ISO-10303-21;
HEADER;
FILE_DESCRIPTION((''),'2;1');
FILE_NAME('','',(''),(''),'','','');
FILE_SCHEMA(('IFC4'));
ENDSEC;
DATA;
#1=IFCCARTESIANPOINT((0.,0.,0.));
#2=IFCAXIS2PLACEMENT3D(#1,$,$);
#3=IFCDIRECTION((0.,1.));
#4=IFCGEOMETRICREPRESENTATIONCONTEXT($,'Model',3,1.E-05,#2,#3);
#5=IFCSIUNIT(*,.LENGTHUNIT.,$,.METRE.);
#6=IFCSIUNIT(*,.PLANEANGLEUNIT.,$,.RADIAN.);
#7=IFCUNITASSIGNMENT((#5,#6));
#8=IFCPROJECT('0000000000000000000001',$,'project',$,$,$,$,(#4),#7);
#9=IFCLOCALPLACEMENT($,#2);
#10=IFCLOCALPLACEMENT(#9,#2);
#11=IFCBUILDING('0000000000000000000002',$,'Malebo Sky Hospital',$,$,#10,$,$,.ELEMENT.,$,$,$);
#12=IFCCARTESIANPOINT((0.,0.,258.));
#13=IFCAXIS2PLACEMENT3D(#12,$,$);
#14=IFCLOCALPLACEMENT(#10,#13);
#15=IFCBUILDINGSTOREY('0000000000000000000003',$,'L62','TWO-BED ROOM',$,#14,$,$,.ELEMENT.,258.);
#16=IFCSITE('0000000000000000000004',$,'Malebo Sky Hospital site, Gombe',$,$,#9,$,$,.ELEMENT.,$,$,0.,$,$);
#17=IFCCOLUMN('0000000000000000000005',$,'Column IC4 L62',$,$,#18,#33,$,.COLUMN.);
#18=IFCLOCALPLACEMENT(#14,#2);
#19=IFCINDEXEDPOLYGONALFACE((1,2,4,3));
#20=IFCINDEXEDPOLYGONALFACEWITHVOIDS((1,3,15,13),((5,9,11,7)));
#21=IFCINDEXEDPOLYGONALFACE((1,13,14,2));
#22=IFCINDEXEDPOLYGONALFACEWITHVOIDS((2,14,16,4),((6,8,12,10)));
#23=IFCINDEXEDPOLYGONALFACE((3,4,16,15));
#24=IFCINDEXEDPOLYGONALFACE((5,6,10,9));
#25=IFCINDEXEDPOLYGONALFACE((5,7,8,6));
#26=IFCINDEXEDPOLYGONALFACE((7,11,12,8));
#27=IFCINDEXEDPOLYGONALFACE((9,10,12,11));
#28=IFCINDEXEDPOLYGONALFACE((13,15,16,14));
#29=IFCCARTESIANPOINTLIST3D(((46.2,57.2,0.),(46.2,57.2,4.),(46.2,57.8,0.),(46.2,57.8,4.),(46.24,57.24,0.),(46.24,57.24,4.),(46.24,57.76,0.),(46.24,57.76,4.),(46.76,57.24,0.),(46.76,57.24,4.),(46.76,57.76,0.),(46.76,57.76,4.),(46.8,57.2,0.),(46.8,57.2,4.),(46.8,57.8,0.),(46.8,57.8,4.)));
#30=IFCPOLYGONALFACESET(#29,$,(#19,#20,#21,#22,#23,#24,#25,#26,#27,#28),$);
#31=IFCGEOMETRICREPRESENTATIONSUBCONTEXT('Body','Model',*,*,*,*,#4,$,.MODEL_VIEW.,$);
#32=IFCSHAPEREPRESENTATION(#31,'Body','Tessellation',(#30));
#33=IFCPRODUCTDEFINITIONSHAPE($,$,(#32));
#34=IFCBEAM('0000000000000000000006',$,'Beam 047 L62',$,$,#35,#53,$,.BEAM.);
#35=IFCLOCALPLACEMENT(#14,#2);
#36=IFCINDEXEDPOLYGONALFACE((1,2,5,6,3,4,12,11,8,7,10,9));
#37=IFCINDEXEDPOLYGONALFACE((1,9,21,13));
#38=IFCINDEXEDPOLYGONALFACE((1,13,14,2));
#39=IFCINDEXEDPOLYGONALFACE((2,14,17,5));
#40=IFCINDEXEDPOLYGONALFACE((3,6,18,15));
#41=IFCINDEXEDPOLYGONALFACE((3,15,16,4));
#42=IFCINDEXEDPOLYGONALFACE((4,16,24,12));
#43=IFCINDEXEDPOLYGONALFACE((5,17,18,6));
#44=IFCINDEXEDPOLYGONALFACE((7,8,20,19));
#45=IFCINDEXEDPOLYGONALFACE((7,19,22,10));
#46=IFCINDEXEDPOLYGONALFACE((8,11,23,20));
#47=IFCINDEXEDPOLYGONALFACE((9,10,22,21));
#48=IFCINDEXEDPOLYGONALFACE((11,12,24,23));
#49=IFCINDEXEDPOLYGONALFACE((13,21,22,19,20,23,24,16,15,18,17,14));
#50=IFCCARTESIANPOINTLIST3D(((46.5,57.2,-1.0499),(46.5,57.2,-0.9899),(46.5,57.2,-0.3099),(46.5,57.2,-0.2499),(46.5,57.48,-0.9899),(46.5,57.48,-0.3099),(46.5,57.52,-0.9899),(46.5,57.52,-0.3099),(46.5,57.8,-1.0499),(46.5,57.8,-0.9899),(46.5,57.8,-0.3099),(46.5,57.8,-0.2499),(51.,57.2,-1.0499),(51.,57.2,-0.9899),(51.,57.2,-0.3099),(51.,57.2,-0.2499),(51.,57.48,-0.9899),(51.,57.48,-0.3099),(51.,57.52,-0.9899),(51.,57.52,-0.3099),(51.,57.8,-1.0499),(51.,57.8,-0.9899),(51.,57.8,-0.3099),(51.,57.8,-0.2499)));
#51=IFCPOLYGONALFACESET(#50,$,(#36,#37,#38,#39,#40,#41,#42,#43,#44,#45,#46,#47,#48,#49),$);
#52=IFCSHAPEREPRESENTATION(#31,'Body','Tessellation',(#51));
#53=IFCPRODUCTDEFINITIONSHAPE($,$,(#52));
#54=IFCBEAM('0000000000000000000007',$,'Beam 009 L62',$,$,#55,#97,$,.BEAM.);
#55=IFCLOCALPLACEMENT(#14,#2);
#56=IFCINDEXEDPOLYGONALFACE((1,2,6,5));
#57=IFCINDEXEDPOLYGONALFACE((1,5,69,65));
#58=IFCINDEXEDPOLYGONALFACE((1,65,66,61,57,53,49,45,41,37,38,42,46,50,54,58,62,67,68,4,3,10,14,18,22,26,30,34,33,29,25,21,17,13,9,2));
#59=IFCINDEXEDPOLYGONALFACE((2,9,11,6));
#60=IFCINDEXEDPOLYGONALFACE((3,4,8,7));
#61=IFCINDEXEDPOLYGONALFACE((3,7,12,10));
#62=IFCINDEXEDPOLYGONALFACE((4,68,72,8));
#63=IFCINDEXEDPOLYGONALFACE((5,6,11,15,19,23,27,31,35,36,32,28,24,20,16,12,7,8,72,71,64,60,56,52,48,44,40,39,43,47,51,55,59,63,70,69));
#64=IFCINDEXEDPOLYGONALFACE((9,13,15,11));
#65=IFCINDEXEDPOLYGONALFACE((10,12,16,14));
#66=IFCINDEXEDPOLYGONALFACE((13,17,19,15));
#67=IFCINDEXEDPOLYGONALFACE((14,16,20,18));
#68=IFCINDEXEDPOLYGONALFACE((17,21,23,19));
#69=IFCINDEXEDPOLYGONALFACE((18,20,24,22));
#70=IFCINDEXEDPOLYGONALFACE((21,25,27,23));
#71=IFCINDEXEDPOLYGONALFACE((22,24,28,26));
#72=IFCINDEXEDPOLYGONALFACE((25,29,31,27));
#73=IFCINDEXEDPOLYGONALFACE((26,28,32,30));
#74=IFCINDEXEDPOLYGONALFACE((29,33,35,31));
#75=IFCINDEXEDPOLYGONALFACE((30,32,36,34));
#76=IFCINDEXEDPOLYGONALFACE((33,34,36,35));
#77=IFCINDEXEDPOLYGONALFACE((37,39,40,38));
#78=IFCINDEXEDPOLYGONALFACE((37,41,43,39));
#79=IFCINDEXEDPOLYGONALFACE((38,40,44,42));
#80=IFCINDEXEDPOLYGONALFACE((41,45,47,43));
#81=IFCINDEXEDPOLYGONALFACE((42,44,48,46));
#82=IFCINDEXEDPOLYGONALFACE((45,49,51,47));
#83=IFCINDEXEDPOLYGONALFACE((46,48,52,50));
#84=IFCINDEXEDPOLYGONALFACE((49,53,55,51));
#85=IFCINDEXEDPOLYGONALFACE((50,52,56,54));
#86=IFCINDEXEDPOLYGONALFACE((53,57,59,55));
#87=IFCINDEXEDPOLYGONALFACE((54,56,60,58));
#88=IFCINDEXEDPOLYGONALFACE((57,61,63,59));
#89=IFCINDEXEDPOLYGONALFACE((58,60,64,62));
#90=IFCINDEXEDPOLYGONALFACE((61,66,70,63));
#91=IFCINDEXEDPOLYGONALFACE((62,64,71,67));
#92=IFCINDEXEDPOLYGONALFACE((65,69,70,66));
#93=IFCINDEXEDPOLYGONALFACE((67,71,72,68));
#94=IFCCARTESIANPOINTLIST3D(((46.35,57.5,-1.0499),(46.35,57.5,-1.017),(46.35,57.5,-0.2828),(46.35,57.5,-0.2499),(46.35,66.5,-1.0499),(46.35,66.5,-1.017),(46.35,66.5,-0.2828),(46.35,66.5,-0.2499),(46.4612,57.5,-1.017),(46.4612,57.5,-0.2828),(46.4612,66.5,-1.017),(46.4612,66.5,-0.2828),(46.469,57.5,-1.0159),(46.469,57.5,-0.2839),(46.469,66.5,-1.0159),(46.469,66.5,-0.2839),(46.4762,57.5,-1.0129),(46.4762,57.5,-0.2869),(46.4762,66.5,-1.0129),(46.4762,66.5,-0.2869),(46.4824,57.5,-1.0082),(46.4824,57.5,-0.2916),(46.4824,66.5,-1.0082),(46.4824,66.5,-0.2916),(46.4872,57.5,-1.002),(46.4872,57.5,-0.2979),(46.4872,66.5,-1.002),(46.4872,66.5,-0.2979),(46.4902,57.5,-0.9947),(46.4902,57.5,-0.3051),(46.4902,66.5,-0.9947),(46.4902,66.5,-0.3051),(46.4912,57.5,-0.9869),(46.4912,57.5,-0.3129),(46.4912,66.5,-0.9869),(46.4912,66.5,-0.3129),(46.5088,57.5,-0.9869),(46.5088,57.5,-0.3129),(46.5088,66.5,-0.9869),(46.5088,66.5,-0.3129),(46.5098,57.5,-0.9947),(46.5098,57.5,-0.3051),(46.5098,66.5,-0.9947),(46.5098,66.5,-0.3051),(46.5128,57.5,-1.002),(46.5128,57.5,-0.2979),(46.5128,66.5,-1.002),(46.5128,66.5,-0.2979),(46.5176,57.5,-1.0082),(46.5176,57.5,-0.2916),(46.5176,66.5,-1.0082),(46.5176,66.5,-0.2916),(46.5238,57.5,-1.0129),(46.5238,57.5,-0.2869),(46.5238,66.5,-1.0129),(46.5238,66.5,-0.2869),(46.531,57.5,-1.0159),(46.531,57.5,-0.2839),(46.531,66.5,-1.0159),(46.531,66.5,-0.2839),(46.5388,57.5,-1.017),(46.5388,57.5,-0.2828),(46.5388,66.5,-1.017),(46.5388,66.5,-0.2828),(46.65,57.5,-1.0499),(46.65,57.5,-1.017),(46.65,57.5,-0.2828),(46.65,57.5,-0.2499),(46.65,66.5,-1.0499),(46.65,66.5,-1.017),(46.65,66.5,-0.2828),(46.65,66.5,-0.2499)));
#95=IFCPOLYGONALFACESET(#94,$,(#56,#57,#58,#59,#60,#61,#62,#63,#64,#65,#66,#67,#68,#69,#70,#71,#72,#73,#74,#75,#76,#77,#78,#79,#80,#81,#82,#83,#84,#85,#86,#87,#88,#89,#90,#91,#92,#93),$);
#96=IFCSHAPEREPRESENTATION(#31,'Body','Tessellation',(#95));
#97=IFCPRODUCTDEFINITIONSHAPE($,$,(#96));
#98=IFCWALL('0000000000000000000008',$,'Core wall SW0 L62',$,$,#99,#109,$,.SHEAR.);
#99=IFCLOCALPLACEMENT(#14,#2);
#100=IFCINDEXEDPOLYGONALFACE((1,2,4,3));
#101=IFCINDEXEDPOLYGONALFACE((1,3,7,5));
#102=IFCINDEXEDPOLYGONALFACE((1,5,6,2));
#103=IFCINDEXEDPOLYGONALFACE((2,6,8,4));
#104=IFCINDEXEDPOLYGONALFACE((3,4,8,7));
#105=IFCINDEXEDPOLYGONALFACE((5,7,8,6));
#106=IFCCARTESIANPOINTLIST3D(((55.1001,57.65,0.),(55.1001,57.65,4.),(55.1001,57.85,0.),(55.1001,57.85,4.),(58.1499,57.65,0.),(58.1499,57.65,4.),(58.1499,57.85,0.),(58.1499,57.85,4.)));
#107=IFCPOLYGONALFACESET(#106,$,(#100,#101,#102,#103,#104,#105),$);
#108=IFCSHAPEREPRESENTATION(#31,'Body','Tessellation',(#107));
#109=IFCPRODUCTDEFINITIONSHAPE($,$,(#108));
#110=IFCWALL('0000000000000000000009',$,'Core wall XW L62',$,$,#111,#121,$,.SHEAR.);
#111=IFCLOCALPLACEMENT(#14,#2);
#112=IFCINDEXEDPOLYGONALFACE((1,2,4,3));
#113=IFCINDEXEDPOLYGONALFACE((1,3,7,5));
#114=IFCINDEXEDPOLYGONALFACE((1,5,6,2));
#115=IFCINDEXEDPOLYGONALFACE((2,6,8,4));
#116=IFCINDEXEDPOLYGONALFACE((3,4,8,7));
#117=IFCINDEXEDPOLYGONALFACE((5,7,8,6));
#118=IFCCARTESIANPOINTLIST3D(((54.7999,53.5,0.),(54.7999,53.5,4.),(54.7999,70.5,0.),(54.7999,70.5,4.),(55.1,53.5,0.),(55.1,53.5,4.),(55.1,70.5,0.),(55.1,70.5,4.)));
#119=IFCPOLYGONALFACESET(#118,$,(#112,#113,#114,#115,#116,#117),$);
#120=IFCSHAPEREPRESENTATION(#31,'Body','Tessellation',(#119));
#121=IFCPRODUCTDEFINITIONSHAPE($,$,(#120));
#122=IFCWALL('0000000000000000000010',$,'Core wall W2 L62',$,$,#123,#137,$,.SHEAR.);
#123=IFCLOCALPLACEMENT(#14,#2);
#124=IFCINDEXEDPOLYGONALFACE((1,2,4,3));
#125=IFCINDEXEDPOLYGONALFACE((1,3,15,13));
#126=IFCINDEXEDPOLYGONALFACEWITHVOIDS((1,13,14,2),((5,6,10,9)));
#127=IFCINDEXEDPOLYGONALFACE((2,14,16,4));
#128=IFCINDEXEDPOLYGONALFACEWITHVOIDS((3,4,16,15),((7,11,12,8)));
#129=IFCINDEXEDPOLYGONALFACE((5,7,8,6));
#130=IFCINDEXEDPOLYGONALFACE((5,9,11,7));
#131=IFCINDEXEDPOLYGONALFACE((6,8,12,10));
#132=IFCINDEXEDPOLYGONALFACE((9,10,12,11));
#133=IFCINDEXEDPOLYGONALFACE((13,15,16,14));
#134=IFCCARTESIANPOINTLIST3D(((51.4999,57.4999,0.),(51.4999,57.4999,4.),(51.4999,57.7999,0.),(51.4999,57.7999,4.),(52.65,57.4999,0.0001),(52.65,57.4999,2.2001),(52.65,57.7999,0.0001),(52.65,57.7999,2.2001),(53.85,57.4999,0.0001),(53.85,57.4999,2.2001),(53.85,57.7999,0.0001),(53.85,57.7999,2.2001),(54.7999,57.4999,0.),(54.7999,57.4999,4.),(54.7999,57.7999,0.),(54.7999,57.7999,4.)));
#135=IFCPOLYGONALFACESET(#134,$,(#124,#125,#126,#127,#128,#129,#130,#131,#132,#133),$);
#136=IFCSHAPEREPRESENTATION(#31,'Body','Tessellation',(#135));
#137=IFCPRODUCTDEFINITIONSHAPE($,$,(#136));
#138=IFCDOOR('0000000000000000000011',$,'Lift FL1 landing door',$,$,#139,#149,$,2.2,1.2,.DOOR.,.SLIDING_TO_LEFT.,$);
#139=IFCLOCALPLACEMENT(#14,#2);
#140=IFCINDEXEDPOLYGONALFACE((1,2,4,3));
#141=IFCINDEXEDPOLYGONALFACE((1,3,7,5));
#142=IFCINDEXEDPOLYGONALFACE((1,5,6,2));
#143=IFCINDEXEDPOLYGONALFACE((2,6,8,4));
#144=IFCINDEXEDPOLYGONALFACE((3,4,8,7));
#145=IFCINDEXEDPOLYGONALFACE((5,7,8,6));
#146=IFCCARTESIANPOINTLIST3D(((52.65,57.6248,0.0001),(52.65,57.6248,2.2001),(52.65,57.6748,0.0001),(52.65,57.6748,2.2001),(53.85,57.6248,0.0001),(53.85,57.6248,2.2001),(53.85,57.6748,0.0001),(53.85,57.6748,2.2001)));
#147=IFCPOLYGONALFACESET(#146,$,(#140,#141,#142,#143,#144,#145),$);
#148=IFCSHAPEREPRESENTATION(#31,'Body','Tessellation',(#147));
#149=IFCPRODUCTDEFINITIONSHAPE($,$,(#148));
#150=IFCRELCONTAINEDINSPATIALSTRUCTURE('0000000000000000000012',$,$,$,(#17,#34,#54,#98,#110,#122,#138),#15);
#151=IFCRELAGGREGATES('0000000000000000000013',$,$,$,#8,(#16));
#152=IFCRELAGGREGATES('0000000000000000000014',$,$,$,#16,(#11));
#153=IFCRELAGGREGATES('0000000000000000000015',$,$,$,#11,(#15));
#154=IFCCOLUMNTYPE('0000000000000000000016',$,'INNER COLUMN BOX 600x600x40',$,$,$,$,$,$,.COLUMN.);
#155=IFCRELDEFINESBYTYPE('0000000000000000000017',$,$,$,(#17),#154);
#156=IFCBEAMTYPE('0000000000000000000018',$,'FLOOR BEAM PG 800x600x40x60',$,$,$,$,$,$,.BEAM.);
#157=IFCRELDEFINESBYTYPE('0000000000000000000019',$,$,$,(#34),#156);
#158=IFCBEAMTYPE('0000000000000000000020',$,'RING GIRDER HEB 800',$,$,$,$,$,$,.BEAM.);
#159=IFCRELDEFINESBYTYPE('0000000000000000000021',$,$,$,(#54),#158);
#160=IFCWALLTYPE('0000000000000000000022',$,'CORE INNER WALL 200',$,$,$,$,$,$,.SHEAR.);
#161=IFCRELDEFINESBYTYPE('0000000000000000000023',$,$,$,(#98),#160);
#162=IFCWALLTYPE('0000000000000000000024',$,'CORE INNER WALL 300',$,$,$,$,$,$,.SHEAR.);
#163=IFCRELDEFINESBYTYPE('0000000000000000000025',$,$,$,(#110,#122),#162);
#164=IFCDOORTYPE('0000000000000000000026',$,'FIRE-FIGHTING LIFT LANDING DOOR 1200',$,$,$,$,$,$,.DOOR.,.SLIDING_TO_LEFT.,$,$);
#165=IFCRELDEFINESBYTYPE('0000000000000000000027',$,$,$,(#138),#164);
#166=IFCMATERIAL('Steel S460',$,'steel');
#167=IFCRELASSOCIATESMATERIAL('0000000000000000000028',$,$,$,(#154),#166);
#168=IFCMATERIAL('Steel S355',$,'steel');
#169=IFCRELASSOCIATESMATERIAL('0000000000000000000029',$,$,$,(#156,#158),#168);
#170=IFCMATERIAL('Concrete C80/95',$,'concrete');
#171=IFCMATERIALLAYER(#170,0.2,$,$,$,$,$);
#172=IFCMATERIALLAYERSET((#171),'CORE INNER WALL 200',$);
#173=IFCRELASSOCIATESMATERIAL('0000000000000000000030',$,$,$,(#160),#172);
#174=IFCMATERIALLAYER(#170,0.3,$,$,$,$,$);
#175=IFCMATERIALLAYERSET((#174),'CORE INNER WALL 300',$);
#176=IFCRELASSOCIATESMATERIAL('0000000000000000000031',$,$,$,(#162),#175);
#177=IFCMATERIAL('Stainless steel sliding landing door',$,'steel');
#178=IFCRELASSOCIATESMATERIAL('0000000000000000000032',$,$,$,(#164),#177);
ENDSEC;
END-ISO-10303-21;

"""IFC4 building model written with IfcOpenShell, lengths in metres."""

from ifc_helpers import new_model, si_unit, direction, frame, frame_2d, origin, origin_2d, place, context, subcontext, project, spatial, rectangle, hollow_rectangle, i_section, extrude, material, layer, layer_set, material_profile, profile_set, type_object, element, fill, save


model = new_model("IFC4")

# Units and contexts
model_context = context("Model", 3, precision=1e-05, world=origin(), true_north=direction((0.0, 1.0)))
body_context = subcontext(model_context, "Body", "Model", "MODEL_VIEW")
ifc_project = project(units=[si_unit("LENGTHUNIT", "METRE"), si_unit("PLANEANGLEUNIT", "RADIAN")], contexts=[model_context])

# Site, building, storey
site_placement = place(None, origin())
site = spatial("IfcSite", under=ifc_project, at=site_placement, Name="Malebo Sky Hospital site, Gombe", CompositionType="ELEMENT", RefElevation=0.0)
building_placement = place(site_placement, origin())
building = spatial("IfcBuilding", under=site, at=building_placement, Name="Malebo Sky Hospital", CompositionType="ELEMENT")
storey_placement = place(building_placement, frame((0.0, 0.0, 258.0)))
storey = spatial("IfcBuildingStorey", under=building, at=storey_placement, Name="L62", Description="TWO-BED ROOM", CompositionType="ELEMENT", Elevation=258.0)

# Column
ifc_material_1 = material(Name="Steel S460", Category="steel")
ifc_material_profile_1 = material_profile(ifc_material_1, hollow_rectangle(XDim=0.6001, YDim=0.6001, WallThickness=0.04, at=origin_2d()), Name="BOX 600x600x40")
ifc_profile_set_1 = profile_set([ifc_material_profile_1], Name="Steel S460")
column_type = type_object("IfcColumnType", Name="INNER COLUMN BOX 600x600x40", PredefinedType="COLUMN", material=ifc_profile_set_1)
column_placement = place(storey_placement, frame((46.5, 57.5, 0.0), z_axis=(0.0, 0.0, 1.0), x_axis=(1.0, 0.0, 0.0)))
element("IfcColumn", 1, at=column_placement, inside=storey, type_object=column_type, Name="Column IC4 L62", PredefinedType="COLUMN", context=body_context, shape_type="SweptSolid", body=[
    extrude(hollow_rectangle(XDim=0.6001, YDim=0.6001, WallThickness=0.04, at=origin_2d()), origin(), (0.0, 0.0, 1.0), 4.0),
])

# Beams
ifc_material_2 = material(Name="Steel S355", Category="steel")
ifc_material_profile_2 = material_profile(ifc_material_2, i_section(OverallWidth=0.6001, OverallDepth=0.8, WebThickness=0.04, FlangeThickness=0.0601, at=origin_2d()), Name="PG 800x600x40x60")
ifc_profile_set_2 = profile_set([ifc_material_profile_2], Name="Steel S355")
beam_type_1 = type_object("IfcBeamType", Name="FLOOR BEAM PG 800x600x40x60", PredefinedType="BEAM", material=ifc_profile_set_2)
beam_1_placement = place(storey_placement, frame((46.5, 57.5, -0.6499), z_axis=(1.0, 0.0, 0.0), x_axis=(0.0, 1.0, 0.0)))
element("IfcBeam", 2, at=beam_1_placement, inside=storey, type_object=beam_type_1, Name="Beam 047 L62", PredefinedType="BEAM", context=body_context, shape_type="SweptSolid", body=[
    extrude(i_section(OverallWidth=0.6001, OverallDepth=0.8, WebThickness=0.04, FlangeThickness=0.0601, at=origin_2d()), origin(), (0.0, 0.0, 1.0), 4.5),
])
ifc_material_profile_3 = material_profile(ifc_material_2, i_section(OverallWidth=0.3, OverallDepth=0.8, WebThickness=0.0176, FlangeThickness=0.033, FilletRadius=0.03, at=origin_2d()), Name="HEB 800")
ifc_profile_set_3 = profile_set([ifc_material_profile_3], Name="Steel S355")
beam_type_2 = type_object("IfcBeamType", Name="RING GIRDER HEB 800", PredefinedType="BEAM", material=ifc_profile_set_3)
beam_2_placement = place(storey_placement, frame((46.5, 57.5, -0.6499), z_axis=(0.0, 1.0, 0.0), x_axis=(-1.0, 0.0, 0.0)))
element("IfcBeam", 3, at=beam_2_placement, inside=storey, type_object=beam_type_2, Name="Beam 009 L62", PredefinedType="BEAM", context=body_context, shape_type="SweptSolid", body=[
    extrude(i_section(OverallWidth=0.3, OverallDepth=0.8, WebThickness=0.0176, FlangeThickness=0.033, FilletRadius=0.03, at=origin_2d()), origin(), (0.0, 0.0, 1.0), 9.0),
])

# Walls
ifc_material_3 = material(Name="Concrete C80/95", Category="concrete")
ifc_layer_1 = layer(ifc_material_3, 0.2)
ifc_layer_set_1 = layer_set([ifc_layer_1], Name="CORE INNER WALL 200")
wall_type_1 = type_object("IfcWallType", Name="CORE INNER WALL 200", PredefinedType="SHEAR", material=ifc_layer_set_1)
wall_1_placement = place(storey_placement, frame((55.1001, 57.75, 0.0), z_axis=(0.0, 0.0, 1.0), x_axis=(1.0, 0.0, 0.0)))
element("IfcWall", 4, at=wall_1_placement, inside=storey, type_object=wall_type_1, Name="Core wall SW0 L62", PredefinedType="SHEAR", context=body_context, shape_type="SweptSolid", body=[
    extrude(rectangle(XDim=3.0498, YDim=0.2, at=frame_2d((1.5249, 0.0))), origin(), (0.0, 0.0, 1.0), 4.0),
])
ifc_layer_2 = layer(ifc_material_3, 0.3)
ifc_layer_set_2 = layer_set([ifc_layer_2], Name="CORE INNER WALL 300")
wall_type_2 = type_object("IfcWallType", Name="CORE INNER WALL 300", PredefinedType="SHEAR", material=ifc_layer_set_2)
wall_2_placement = place(storey_placement, frame((54.95, 53.5, 0.0), z_axis=(0.0, 0.0, 1.0), x_axis=(0.0, 1.0, 0.0)))
element("IfcWall", 5, at=wall_2_placement, inside=storey, type_object=wall_type_2, Name="Core wall XW L62", PredefinedType="SHEAR", context=body_context, shape_type="SweptSolid", body=[
    extrude(rectangle(XDim=17.0, YDim=0.3, at=frame_2d((8.5, 0.0))), origin(), (0.0, 0.0, 1.0), 4.0),
])

# Wall, opening, door
wall_3_placement = place(storey_placement, frame((51.5, 57.6499, 0.0), z_axis=(0.0, 0.0, 1.0), x_axis=(1.0, 0.0, 0.0)))
wall_3 = element("IfcWall", 6, at=wall_3_placement, inside=storey, type_object=wall_type_2, Name="Core wall W2 L62", PredefinedType="SHEAR", context=body_context, shape_type="SweptSolid", body=[
    extrude(rectangle(XDim=3.3, YDim=0.3, at=frame_2d((1.6499, 0.0))), origin(), (0.0, 0.0, 1.0), 4.0),
])
opening_1_placement = place(wall_3_placement, frame((1.1499, 0.0, 0.0)))
opening_1 = element("IfcOpeningElement", 7, at=opening_1_placement, cuts=wall_3, PredefinedType="OPENING", context=body_context, shape_type="SweptSolid", body=[
    extrude(rectangle(XDim=1.2, YDim=2.2, at=frame_2d((0.6001, 1.1001))), frame((0.0, 0.1599, 0.0), z_axis=(0.0, -1.0, 0.0), x_axis=(1.0, 0.0, 0.0)), (0.0, 0.0, 1.0), 0.3201),
])
ifc_material_4 = material(Name="Stainless steel sliding landing door", Category="steel")
door_type_1 = type_object("IfcDoorType", Name="FIRE-FIGHTING LIFT LANDING DOOR 1200", OperationType="SLIDING_TO_LEFT", PredefinedType="DOOR", material=ifc_material_4)
door_1_placement = place(opening_1_placement, origin())
door_1 = element("IfcDoor", 8, at=door_1_placement, inside=storey, type_object=door_type_1, Name="Lift FL1 landing door", OperationType="SLIDING_TO_LEFT", OverallHeight=2.2, OverallWidth=1.2, PredefinedType="DOOR", context=body_context, shape_type="SweptSolid", body=[
    extrude(rectangle(XDim=1.2, YDim=2.2, at=frame_2d((0.6001, 1.1001))), frame((0.0, 0.0249, 0.0), z_axis=(0.0, -1.0, 0.0), x_axis=(1.0, 0.0, 0.0)), (0.0, 0.0, 1.0), 0.05),
])
fill(opening_1, door_1)

save(model, "model.ifc")
